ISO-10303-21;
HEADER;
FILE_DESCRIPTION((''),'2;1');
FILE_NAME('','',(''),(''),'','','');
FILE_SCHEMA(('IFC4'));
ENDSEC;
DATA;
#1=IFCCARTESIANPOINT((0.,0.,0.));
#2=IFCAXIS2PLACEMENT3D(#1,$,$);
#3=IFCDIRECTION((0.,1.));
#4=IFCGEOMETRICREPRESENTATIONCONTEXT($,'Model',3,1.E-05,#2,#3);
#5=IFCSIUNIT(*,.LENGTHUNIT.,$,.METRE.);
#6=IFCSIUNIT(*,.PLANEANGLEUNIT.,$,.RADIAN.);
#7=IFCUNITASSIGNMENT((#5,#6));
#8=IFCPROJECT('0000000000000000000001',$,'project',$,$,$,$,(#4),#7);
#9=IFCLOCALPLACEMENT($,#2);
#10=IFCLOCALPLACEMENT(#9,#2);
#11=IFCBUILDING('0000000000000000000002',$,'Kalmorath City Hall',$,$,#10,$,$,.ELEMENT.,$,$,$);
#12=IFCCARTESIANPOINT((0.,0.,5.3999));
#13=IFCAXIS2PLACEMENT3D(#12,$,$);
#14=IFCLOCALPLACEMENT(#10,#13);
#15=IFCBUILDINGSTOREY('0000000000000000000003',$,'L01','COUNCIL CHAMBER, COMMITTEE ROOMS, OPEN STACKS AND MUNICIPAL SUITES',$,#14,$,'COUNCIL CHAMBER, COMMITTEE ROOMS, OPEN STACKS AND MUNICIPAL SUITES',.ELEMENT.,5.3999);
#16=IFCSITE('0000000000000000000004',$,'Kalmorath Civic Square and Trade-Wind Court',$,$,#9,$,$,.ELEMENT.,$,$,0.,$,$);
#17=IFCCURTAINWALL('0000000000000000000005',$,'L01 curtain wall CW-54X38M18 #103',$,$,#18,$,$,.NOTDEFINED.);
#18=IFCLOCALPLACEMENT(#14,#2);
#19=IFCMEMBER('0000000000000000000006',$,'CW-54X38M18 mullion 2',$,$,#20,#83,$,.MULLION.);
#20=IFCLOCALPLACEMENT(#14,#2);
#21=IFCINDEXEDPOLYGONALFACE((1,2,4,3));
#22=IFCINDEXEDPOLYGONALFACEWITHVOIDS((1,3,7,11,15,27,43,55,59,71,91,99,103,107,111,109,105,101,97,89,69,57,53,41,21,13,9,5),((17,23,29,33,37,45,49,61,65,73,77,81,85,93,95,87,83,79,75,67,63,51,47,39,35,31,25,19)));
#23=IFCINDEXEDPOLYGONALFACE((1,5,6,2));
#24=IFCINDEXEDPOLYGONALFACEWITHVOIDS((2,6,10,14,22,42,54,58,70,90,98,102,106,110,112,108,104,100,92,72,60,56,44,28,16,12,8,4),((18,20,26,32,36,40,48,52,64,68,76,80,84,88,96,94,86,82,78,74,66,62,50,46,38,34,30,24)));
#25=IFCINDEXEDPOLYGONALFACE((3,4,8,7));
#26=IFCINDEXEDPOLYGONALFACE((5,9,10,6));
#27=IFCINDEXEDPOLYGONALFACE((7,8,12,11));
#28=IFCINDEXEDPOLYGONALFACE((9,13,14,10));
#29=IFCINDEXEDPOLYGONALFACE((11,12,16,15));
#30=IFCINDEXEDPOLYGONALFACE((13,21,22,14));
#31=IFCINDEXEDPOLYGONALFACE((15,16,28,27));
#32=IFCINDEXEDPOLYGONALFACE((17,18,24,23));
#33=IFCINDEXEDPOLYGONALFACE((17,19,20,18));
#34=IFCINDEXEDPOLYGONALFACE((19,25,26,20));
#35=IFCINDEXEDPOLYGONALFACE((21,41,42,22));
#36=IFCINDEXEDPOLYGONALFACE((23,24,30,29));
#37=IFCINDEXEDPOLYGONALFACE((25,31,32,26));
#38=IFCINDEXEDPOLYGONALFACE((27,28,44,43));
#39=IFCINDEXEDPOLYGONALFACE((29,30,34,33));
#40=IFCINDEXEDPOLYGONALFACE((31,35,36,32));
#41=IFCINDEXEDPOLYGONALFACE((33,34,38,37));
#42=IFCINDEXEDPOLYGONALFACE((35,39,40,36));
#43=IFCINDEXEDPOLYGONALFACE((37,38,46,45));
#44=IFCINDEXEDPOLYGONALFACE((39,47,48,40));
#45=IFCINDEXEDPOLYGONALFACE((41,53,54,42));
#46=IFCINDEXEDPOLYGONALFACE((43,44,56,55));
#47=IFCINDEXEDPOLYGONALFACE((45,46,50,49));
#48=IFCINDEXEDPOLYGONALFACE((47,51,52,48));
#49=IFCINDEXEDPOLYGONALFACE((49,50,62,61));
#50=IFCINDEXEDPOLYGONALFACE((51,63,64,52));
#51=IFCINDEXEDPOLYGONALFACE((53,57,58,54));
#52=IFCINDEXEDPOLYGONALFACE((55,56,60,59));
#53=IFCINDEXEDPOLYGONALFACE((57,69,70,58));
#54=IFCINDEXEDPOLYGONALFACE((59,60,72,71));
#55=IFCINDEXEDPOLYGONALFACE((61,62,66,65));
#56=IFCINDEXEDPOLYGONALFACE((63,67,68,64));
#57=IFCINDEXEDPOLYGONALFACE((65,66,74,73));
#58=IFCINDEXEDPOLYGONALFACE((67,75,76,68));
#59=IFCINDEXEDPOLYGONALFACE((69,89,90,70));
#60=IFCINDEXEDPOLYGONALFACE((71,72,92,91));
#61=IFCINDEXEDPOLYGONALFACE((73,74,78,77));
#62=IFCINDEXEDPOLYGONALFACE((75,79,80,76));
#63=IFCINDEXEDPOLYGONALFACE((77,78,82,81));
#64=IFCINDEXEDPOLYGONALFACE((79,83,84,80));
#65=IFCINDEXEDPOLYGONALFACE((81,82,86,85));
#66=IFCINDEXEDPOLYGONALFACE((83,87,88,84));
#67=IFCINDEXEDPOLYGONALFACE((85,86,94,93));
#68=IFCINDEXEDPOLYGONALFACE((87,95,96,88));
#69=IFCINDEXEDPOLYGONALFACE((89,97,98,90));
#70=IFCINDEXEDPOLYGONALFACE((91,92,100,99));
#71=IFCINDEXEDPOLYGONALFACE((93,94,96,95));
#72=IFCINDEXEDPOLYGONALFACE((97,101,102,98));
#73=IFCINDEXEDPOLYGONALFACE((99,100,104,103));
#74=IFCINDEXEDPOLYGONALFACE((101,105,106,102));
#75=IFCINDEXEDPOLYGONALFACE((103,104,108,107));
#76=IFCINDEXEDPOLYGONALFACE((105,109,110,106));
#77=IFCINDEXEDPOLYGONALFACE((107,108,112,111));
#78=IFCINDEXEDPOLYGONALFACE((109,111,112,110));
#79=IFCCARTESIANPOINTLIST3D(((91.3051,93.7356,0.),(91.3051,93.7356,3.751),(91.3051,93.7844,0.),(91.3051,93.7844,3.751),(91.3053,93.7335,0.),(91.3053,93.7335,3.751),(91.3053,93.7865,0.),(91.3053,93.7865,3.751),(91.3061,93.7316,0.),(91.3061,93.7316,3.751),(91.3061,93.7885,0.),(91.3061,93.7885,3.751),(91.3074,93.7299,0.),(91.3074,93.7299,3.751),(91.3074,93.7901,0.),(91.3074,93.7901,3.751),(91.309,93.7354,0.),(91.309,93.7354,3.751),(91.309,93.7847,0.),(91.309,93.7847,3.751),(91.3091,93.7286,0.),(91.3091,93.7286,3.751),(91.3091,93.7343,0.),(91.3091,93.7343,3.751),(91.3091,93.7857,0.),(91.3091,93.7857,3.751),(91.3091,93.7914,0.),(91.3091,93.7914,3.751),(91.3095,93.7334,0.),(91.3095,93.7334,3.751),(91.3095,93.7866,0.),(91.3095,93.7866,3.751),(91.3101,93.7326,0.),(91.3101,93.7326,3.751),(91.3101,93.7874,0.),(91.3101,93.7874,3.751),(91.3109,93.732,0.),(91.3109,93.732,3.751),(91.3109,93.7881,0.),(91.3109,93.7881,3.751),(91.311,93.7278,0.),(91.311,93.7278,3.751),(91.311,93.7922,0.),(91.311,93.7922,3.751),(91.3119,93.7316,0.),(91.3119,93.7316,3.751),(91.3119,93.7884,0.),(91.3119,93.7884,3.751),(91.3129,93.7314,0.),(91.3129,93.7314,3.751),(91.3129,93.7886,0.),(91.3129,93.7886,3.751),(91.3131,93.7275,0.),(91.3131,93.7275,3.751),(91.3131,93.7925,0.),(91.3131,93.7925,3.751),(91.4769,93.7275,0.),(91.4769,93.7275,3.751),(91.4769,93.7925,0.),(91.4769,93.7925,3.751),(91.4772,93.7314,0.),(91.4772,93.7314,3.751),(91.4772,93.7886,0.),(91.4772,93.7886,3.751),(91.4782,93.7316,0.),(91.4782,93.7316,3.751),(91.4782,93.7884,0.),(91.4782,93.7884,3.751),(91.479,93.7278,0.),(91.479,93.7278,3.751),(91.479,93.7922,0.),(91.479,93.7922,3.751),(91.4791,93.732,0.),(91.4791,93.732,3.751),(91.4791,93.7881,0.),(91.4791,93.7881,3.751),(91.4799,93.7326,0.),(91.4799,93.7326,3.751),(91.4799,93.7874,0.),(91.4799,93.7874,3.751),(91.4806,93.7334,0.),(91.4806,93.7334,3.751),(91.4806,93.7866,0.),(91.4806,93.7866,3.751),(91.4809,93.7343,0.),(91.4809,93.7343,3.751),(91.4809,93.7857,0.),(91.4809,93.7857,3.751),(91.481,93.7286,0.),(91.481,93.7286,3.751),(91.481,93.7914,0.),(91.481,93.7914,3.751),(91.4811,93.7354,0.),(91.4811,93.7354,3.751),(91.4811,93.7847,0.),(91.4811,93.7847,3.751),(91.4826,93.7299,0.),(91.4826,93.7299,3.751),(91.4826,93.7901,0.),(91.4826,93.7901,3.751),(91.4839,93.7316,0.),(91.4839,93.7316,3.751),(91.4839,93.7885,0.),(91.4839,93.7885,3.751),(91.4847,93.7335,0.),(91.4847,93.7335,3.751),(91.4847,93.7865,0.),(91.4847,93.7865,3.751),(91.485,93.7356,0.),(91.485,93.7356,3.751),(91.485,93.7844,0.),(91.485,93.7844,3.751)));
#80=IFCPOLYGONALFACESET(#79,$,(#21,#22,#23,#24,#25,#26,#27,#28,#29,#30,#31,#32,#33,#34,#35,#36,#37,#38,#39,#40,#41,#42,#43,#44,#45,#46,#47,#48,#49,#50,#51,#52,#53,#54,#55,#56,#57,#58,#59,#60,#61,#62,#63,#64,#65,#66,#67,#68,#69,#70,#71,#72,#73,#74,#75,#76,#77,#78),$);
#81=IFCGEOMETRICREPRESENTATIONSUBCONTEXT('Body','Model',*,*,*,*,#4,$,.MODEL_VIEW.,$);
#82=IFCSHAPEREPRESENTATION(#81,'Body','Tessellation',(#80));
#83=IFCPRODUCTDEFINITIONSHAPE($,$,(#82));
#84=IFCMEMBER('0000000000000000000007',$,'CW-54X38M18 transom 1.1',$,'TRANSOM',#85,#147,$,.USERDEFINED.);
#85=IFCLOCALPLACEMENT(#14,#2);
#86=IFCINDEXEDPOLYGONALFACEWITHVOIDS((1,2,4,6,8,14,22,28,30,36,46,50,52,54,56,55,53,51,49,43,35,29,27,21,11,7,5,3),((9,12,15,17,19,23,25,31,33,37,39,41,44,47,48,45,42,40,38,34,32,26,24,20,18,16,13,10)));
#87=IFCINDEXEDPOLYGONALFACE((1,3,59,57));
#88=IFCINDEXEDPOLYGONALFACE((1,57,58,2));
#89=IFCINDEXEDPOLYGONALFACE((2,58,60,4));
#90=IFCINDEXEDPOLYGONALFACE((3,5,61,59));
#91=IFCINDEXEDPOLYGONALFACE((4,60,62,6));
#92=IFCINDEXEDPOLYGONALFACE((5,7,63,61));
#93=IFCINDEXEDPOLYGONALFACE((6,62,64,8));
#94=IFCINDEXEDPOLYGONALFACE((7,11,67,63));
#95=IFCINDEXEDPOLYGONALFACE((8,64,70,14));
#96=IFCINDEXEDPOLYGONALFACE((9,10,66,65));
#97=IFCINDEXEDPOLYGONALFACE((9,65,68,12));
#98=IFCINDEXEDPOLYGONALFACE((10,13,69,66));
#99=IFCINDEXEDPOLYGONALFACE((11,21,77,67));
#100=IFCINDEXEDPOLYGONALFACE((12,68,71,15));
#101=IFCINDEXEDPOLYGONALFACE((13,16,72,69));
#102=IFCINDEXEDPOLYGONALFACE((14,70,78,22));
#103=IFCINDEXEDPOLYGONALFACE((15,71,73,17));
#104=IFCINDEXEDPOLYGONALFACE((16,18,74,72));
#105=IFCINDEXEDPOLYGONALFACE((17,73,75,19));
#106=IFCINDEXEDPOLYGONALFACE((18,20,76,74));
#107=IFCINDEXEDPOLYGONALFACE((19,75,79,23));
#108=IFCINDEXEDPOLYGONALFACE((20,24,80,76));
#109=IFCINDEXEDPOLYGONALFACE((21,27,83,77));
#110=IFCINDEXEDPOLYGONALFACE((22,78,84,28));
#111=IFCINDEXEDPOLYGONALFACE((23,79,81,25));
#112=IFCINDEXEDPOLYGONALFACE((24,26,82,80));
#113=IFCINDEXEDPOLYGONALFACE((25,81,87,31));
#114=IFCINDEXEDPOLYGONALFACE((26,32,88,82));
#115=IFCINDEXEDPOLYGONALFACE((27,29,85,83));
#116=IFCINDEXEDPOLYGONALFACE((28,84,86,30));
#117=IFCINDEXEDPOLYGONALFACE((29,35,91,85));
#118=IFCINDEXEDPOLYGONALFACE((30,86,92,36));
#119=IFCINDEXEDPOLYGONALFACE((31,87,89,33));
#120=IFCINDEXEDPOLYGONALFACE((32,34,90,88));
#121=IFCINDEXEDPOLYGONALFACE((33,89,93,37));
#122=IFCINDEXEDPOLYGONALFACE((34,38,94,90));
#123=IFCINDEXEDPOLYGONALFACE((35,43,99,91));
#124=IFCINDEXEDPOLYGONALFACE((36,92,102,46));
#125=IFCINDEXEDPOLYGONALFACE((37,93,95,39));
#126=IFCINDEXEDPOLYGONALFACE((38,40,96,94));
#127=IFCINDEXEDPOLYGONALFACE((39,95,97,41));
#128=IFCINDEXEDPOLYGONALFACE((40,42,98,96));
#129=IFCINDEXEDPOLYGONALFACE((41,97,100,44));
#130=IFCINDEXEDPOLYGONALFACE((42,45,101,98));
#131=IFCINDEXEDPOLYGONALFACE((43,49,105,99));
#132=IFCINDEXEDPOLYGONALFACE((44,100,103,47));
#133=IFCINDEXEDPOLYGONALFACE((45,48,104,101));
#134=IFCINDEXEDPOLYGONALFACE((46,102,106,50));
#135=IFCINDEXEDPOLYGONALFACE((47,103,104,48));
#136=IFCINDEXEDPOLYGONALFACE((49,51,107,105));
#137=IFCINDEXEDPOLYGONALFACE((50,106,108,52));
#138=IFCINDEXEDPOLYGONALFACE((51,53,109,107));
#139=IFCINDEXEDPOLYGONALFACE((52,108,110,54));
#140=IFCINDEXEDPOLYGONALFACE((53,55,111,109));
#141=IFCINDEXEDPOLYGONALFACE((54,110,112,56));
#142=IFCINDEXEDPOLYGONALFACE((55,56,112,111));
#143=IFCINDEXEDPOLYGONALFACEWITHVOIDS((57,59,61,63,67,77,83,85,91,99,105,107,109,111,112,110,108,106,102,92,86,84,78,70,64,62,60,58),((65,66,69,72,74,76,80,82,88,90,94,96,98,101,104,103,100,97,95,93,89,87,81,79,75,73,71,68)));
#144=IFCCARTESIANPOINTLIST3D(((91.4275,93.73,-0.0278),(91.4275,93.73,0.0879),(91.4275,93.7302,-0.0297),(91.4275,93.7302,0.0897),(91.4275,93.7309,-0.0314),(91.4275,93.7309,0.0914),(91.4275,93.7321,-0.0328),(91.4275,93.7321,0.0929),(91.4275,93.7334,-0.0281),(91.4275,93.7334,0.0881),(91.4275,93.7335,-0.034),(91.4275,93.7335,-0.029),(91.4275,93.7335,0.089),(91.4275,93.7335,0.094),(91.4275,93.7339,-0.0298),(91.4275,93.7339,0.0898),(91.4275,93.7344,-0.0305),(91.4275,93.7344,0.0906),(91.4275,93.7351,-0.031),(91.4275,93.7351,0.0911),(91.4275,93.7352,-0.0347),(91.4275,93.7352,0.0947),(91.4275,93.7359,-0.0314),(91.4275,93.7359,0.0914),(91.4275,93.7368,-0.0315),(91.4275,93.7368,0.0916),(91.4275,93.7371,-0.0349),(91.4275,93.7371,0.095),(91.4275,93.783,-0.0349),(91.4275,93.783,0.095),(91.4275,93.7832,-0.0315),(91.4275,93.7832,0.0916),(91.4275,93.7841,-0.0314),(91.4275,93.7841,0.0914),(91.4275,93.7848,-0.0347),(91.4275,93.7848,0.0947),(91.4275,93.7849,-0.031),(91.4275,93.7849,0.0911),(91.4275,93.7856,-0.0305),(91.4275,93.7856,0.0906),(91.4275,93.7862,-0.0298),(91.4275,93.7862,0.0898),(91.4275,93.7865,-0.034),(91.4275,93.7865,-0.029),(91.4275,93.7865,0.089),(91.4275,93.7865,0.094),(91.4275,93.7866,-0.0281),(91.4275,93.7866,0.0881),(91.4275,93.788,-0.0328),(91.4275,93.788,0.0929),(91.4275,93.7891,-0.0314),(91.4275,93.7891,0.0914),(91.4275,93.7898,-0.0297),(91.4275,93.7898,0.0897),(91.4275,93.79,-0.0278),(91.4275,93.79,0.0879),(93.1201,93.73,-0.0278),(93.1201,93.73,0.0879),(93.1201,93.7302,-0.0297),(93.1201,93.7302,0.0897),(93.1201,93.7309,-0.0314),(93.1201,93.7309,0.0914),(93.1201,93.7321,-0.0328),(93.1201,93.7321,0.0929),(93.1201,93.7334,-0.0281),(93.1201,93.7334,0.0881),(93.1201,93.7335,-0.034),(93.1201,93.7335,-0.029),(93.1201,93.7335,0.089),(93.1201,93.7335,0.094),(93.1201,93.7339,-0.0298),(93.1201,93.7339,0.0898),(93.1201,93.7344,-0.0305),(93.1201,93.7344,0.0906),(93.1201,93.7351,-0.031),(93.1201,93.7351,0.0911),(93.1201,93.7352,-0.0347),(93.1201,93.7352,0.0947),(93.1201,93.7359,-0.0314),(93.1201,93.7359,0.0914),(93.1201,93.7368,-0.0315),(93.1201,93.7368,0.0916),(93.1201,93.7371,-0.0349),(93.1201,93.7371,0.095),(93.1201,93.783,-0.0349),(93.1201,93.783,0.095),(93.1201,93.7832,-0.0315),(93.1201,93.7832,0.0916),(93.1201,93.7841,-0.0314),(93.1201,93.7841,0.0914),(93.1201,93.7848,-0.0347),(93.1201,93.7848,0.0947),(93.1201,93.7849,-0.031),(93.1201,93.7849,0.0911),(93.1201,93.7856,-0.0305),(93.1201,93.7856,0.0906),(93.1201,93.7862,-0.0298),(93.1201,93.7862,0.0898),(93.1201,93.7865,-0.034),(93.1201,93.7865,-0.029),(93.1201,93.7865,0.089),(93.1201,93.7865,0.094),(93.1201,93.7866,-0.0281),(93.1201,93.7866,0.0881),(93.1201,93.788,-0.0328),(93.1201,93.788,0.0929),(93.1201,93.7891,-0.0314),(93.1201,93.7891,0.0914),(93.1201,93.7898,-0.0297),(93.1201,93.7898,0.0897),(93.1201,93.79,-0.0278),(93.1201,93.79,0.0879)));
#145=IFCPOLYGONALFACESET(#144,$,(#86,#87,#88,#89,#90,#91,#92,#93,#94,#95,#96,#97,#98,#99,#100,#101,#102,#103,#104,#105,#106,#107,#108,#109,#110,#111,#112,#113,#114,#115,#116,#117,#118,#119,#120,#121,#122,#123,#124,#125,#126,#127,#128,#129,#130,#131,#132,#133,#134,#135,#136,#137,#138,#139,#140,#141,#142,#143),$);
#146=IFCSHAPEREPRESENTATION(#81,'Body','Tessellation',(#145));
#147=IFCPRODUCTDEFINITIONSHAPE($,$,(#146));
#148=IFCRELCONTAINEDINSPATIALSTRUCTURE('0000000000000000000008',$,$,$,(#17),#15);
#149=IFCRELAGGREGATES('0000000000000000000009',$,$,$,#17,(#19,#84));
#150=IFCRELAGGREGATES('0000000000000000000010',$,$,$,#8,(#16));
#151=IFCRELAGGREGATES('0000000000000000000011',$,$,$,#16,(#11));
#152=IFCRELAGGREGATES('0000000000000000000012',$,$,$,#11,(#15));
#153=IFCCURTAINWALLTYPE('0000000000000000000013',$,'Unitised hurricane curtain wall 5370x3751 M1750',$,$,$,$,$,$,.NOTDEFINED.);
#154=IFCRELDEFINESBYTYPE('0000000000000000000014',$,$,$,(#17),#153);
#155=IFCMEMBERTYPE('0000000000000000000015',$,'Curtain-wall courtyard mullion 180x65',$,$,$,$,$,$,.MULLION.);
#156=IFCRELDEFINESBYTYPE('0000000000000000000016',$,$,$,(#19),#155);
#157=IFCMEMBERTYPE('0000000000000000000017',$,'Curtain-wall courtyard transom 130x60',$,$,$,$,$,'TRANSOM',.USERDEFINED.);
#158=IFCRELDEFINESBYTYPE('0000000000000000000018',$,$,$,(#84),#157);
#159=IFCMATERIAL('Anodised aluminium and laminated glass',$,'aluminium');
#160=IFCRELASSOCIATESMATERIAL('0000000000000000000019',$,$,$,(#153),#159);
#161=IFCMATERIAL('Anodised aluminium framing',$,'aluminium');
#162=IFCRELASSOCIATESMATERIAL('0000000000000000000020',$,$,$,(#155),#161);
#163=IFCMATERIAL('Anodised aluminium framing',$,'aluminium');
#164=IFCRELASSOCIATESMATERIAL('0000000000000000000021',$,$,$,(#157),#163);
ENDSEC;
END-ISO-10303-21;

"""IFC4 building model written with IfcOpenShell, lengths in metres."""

from ifc_helpers import new_model, si_unit, direction, frame, origin, origin_2d, place, context, subcontext, project, spatial, hollow_rectangle, extrude, material, material_profile, profile_set, type_object, element, aggregate, save


model = new_model("IFC4")

# Units and contexts
model_context = context("Model", 3, precision=1e-05, world=origin(), true_north=direction((0.0, 1.0)))
body_context = subcontext(model_context, "Body", "Model", "MODEL_VIEW")
ifc_project = project(units=[si_unit("LENGTHUNIT", "METRE"), si_unit("PLANEANGLEUNIT", "RADIAN")], contexts=[model_context])

# Site, building, storey
site_placement = place(None, origin())
site = spatial("IfcSite", under=ifc_project, at=site_placement, Name="Kalmorath Civic Square and Trade-Wind Court", CompositionType="ELEMENT", RefElevation=0.0)
building_placement = place(site_placement, origin())
building = spatial("IfcBuilding", under=site, at=building_placement, Name="Kalmorath City Hall", CompositionType="ELEMENT")
storey_placement = place(building_placement, frame((0.0, 0.0, 5.3999)))
storey = spatial("IfcBuildingStorey", under=building, at=storey_placement, Name="L01", Description="COUNCIL CHAMBER, COMMITTEE ROOMS, OPEN STACKS AND MUNICIPAL SUITES", LongName="COUNCIL CHAMBER, COMMITTEE ROOMS, OPEN STACKS AND MUNICIPAL SUITES", CompositionType="ELEMENT", Elevation=5.3999)

# Curtain wall, members
ifc_material_1 = material(Name="Anodised aluminium and laminated glass", Category="aluminium")
curtain_wall_type = type_object("IfcCurtainWallType", Name="Unitised hurricane curtain wall 5370x3751 M1750", PredefinedType="NOTDEFINED", material=ifc_material_1)
curtain_wall_placement = place(storey_placement, origin())
curtain_wall = element("IfcCurtainWall", 1, at=curtain_wall_placement, inside=storey, type_object=curtain_wall_type, Name="L01 curtain wall CW-54X38M18 #103", PredefinedType="NOTDEFINED")
ifc_material_2 = material(Name="Anodised aluminium framing", Category="aluminium")
ifc_material_profile_1 = material_profile(ifc_material_2, hollow_rectangle(XDim=0.0649, YDim=0.1799, WallThickness=0.0039, InnerFilletRadius=0.0039, OuterFilletRadius=0.0081, at=origin_2d()), Name="ALU-MUL-180X65X4")
ifc_profile_set_1 = profile_set([ifc_material_profile_1], Name="Anodised aluminium framing")
member_type_1 = type_object("IfcMemberType", Name="Curtain-wall courtyard mullion 180x65", PredefinedType="MULLION", material=ifc_profile_set_1)
member_1_placement = place(storey_placement, frame((91.395, 93.76, 0.0), z_axis=(0.0, 0.0, 1.0), x_axis=(0.0, -1.0, 0.0)))
member_1 = element("IfcMember", 2, at=member_1_placement, type_object=member_type_1, Name="CW-54X38M18 mullion 2", PredefinedType="MULLION", context=body_context, shape_type="SweptSolid", body=[
    extrude(hollow_rectangle(XDim=0.0649, YDim=0.1799, WallThickness=0.0039, InnerFilletRadius=0.0039, OuterFilletRadius=0.0081, at=origin_2d()), origin(), (0.0, 0.0, 1.0), 3.751),
])
ifc_material_3 = material(Name="Anodised aluminium framing", Category="aluminium")
ifc_material_profile_2 = material_profile(ifc_material_3, hollow_rectangle(XDim=0.0601, YDim=0.1299, WallThickness=0.0034, InnerFilletRadius=0.0034, OuterFilletRadius=0.0071, at=origin_2d()), Name="ALU-TRN-130X60X3.5")
ifc_profile_set_2 = profile_set([ifc_material_profile_2], Name="Anodised aluminium framing")
member_type_2 = type_object("IfcMemberType", Name="Curtain-wall courtyard transom 130x60", ElementType="TRANSOM", PredefinedType="USERDEFINED", material=ifc_profile_set_2)
member_2_placement = place(storey_placement, frame((93.1201, 93.76, 0.03), z_axis=(-1.0, 0.0, 0.0), x_axis=(0.0, -1.0, 0.0)))
member_2 = element("IfcMember", 3, at=member_2_placement, type_object=member_type_2, Name="CW-54X38M18 transom 1.1", ObjectType="TRANSOM", PredefinedType="USERDEFINED", context=body_context, shape_type="SweptSolid", body=[
    extrude(hollow_rectangle(XDim=0.0601, YDim=0.1299, WallThickness=0.0034, InnerFilletRadius=0.0034, OuterFilletRadius=0.0071, at=origin_2d()), origin(), (0.0, 0.0, 1.0), 1.6926),
])

aggregate(curtain_wall, [member_1, member_2])

save(model, "model.ifc")
